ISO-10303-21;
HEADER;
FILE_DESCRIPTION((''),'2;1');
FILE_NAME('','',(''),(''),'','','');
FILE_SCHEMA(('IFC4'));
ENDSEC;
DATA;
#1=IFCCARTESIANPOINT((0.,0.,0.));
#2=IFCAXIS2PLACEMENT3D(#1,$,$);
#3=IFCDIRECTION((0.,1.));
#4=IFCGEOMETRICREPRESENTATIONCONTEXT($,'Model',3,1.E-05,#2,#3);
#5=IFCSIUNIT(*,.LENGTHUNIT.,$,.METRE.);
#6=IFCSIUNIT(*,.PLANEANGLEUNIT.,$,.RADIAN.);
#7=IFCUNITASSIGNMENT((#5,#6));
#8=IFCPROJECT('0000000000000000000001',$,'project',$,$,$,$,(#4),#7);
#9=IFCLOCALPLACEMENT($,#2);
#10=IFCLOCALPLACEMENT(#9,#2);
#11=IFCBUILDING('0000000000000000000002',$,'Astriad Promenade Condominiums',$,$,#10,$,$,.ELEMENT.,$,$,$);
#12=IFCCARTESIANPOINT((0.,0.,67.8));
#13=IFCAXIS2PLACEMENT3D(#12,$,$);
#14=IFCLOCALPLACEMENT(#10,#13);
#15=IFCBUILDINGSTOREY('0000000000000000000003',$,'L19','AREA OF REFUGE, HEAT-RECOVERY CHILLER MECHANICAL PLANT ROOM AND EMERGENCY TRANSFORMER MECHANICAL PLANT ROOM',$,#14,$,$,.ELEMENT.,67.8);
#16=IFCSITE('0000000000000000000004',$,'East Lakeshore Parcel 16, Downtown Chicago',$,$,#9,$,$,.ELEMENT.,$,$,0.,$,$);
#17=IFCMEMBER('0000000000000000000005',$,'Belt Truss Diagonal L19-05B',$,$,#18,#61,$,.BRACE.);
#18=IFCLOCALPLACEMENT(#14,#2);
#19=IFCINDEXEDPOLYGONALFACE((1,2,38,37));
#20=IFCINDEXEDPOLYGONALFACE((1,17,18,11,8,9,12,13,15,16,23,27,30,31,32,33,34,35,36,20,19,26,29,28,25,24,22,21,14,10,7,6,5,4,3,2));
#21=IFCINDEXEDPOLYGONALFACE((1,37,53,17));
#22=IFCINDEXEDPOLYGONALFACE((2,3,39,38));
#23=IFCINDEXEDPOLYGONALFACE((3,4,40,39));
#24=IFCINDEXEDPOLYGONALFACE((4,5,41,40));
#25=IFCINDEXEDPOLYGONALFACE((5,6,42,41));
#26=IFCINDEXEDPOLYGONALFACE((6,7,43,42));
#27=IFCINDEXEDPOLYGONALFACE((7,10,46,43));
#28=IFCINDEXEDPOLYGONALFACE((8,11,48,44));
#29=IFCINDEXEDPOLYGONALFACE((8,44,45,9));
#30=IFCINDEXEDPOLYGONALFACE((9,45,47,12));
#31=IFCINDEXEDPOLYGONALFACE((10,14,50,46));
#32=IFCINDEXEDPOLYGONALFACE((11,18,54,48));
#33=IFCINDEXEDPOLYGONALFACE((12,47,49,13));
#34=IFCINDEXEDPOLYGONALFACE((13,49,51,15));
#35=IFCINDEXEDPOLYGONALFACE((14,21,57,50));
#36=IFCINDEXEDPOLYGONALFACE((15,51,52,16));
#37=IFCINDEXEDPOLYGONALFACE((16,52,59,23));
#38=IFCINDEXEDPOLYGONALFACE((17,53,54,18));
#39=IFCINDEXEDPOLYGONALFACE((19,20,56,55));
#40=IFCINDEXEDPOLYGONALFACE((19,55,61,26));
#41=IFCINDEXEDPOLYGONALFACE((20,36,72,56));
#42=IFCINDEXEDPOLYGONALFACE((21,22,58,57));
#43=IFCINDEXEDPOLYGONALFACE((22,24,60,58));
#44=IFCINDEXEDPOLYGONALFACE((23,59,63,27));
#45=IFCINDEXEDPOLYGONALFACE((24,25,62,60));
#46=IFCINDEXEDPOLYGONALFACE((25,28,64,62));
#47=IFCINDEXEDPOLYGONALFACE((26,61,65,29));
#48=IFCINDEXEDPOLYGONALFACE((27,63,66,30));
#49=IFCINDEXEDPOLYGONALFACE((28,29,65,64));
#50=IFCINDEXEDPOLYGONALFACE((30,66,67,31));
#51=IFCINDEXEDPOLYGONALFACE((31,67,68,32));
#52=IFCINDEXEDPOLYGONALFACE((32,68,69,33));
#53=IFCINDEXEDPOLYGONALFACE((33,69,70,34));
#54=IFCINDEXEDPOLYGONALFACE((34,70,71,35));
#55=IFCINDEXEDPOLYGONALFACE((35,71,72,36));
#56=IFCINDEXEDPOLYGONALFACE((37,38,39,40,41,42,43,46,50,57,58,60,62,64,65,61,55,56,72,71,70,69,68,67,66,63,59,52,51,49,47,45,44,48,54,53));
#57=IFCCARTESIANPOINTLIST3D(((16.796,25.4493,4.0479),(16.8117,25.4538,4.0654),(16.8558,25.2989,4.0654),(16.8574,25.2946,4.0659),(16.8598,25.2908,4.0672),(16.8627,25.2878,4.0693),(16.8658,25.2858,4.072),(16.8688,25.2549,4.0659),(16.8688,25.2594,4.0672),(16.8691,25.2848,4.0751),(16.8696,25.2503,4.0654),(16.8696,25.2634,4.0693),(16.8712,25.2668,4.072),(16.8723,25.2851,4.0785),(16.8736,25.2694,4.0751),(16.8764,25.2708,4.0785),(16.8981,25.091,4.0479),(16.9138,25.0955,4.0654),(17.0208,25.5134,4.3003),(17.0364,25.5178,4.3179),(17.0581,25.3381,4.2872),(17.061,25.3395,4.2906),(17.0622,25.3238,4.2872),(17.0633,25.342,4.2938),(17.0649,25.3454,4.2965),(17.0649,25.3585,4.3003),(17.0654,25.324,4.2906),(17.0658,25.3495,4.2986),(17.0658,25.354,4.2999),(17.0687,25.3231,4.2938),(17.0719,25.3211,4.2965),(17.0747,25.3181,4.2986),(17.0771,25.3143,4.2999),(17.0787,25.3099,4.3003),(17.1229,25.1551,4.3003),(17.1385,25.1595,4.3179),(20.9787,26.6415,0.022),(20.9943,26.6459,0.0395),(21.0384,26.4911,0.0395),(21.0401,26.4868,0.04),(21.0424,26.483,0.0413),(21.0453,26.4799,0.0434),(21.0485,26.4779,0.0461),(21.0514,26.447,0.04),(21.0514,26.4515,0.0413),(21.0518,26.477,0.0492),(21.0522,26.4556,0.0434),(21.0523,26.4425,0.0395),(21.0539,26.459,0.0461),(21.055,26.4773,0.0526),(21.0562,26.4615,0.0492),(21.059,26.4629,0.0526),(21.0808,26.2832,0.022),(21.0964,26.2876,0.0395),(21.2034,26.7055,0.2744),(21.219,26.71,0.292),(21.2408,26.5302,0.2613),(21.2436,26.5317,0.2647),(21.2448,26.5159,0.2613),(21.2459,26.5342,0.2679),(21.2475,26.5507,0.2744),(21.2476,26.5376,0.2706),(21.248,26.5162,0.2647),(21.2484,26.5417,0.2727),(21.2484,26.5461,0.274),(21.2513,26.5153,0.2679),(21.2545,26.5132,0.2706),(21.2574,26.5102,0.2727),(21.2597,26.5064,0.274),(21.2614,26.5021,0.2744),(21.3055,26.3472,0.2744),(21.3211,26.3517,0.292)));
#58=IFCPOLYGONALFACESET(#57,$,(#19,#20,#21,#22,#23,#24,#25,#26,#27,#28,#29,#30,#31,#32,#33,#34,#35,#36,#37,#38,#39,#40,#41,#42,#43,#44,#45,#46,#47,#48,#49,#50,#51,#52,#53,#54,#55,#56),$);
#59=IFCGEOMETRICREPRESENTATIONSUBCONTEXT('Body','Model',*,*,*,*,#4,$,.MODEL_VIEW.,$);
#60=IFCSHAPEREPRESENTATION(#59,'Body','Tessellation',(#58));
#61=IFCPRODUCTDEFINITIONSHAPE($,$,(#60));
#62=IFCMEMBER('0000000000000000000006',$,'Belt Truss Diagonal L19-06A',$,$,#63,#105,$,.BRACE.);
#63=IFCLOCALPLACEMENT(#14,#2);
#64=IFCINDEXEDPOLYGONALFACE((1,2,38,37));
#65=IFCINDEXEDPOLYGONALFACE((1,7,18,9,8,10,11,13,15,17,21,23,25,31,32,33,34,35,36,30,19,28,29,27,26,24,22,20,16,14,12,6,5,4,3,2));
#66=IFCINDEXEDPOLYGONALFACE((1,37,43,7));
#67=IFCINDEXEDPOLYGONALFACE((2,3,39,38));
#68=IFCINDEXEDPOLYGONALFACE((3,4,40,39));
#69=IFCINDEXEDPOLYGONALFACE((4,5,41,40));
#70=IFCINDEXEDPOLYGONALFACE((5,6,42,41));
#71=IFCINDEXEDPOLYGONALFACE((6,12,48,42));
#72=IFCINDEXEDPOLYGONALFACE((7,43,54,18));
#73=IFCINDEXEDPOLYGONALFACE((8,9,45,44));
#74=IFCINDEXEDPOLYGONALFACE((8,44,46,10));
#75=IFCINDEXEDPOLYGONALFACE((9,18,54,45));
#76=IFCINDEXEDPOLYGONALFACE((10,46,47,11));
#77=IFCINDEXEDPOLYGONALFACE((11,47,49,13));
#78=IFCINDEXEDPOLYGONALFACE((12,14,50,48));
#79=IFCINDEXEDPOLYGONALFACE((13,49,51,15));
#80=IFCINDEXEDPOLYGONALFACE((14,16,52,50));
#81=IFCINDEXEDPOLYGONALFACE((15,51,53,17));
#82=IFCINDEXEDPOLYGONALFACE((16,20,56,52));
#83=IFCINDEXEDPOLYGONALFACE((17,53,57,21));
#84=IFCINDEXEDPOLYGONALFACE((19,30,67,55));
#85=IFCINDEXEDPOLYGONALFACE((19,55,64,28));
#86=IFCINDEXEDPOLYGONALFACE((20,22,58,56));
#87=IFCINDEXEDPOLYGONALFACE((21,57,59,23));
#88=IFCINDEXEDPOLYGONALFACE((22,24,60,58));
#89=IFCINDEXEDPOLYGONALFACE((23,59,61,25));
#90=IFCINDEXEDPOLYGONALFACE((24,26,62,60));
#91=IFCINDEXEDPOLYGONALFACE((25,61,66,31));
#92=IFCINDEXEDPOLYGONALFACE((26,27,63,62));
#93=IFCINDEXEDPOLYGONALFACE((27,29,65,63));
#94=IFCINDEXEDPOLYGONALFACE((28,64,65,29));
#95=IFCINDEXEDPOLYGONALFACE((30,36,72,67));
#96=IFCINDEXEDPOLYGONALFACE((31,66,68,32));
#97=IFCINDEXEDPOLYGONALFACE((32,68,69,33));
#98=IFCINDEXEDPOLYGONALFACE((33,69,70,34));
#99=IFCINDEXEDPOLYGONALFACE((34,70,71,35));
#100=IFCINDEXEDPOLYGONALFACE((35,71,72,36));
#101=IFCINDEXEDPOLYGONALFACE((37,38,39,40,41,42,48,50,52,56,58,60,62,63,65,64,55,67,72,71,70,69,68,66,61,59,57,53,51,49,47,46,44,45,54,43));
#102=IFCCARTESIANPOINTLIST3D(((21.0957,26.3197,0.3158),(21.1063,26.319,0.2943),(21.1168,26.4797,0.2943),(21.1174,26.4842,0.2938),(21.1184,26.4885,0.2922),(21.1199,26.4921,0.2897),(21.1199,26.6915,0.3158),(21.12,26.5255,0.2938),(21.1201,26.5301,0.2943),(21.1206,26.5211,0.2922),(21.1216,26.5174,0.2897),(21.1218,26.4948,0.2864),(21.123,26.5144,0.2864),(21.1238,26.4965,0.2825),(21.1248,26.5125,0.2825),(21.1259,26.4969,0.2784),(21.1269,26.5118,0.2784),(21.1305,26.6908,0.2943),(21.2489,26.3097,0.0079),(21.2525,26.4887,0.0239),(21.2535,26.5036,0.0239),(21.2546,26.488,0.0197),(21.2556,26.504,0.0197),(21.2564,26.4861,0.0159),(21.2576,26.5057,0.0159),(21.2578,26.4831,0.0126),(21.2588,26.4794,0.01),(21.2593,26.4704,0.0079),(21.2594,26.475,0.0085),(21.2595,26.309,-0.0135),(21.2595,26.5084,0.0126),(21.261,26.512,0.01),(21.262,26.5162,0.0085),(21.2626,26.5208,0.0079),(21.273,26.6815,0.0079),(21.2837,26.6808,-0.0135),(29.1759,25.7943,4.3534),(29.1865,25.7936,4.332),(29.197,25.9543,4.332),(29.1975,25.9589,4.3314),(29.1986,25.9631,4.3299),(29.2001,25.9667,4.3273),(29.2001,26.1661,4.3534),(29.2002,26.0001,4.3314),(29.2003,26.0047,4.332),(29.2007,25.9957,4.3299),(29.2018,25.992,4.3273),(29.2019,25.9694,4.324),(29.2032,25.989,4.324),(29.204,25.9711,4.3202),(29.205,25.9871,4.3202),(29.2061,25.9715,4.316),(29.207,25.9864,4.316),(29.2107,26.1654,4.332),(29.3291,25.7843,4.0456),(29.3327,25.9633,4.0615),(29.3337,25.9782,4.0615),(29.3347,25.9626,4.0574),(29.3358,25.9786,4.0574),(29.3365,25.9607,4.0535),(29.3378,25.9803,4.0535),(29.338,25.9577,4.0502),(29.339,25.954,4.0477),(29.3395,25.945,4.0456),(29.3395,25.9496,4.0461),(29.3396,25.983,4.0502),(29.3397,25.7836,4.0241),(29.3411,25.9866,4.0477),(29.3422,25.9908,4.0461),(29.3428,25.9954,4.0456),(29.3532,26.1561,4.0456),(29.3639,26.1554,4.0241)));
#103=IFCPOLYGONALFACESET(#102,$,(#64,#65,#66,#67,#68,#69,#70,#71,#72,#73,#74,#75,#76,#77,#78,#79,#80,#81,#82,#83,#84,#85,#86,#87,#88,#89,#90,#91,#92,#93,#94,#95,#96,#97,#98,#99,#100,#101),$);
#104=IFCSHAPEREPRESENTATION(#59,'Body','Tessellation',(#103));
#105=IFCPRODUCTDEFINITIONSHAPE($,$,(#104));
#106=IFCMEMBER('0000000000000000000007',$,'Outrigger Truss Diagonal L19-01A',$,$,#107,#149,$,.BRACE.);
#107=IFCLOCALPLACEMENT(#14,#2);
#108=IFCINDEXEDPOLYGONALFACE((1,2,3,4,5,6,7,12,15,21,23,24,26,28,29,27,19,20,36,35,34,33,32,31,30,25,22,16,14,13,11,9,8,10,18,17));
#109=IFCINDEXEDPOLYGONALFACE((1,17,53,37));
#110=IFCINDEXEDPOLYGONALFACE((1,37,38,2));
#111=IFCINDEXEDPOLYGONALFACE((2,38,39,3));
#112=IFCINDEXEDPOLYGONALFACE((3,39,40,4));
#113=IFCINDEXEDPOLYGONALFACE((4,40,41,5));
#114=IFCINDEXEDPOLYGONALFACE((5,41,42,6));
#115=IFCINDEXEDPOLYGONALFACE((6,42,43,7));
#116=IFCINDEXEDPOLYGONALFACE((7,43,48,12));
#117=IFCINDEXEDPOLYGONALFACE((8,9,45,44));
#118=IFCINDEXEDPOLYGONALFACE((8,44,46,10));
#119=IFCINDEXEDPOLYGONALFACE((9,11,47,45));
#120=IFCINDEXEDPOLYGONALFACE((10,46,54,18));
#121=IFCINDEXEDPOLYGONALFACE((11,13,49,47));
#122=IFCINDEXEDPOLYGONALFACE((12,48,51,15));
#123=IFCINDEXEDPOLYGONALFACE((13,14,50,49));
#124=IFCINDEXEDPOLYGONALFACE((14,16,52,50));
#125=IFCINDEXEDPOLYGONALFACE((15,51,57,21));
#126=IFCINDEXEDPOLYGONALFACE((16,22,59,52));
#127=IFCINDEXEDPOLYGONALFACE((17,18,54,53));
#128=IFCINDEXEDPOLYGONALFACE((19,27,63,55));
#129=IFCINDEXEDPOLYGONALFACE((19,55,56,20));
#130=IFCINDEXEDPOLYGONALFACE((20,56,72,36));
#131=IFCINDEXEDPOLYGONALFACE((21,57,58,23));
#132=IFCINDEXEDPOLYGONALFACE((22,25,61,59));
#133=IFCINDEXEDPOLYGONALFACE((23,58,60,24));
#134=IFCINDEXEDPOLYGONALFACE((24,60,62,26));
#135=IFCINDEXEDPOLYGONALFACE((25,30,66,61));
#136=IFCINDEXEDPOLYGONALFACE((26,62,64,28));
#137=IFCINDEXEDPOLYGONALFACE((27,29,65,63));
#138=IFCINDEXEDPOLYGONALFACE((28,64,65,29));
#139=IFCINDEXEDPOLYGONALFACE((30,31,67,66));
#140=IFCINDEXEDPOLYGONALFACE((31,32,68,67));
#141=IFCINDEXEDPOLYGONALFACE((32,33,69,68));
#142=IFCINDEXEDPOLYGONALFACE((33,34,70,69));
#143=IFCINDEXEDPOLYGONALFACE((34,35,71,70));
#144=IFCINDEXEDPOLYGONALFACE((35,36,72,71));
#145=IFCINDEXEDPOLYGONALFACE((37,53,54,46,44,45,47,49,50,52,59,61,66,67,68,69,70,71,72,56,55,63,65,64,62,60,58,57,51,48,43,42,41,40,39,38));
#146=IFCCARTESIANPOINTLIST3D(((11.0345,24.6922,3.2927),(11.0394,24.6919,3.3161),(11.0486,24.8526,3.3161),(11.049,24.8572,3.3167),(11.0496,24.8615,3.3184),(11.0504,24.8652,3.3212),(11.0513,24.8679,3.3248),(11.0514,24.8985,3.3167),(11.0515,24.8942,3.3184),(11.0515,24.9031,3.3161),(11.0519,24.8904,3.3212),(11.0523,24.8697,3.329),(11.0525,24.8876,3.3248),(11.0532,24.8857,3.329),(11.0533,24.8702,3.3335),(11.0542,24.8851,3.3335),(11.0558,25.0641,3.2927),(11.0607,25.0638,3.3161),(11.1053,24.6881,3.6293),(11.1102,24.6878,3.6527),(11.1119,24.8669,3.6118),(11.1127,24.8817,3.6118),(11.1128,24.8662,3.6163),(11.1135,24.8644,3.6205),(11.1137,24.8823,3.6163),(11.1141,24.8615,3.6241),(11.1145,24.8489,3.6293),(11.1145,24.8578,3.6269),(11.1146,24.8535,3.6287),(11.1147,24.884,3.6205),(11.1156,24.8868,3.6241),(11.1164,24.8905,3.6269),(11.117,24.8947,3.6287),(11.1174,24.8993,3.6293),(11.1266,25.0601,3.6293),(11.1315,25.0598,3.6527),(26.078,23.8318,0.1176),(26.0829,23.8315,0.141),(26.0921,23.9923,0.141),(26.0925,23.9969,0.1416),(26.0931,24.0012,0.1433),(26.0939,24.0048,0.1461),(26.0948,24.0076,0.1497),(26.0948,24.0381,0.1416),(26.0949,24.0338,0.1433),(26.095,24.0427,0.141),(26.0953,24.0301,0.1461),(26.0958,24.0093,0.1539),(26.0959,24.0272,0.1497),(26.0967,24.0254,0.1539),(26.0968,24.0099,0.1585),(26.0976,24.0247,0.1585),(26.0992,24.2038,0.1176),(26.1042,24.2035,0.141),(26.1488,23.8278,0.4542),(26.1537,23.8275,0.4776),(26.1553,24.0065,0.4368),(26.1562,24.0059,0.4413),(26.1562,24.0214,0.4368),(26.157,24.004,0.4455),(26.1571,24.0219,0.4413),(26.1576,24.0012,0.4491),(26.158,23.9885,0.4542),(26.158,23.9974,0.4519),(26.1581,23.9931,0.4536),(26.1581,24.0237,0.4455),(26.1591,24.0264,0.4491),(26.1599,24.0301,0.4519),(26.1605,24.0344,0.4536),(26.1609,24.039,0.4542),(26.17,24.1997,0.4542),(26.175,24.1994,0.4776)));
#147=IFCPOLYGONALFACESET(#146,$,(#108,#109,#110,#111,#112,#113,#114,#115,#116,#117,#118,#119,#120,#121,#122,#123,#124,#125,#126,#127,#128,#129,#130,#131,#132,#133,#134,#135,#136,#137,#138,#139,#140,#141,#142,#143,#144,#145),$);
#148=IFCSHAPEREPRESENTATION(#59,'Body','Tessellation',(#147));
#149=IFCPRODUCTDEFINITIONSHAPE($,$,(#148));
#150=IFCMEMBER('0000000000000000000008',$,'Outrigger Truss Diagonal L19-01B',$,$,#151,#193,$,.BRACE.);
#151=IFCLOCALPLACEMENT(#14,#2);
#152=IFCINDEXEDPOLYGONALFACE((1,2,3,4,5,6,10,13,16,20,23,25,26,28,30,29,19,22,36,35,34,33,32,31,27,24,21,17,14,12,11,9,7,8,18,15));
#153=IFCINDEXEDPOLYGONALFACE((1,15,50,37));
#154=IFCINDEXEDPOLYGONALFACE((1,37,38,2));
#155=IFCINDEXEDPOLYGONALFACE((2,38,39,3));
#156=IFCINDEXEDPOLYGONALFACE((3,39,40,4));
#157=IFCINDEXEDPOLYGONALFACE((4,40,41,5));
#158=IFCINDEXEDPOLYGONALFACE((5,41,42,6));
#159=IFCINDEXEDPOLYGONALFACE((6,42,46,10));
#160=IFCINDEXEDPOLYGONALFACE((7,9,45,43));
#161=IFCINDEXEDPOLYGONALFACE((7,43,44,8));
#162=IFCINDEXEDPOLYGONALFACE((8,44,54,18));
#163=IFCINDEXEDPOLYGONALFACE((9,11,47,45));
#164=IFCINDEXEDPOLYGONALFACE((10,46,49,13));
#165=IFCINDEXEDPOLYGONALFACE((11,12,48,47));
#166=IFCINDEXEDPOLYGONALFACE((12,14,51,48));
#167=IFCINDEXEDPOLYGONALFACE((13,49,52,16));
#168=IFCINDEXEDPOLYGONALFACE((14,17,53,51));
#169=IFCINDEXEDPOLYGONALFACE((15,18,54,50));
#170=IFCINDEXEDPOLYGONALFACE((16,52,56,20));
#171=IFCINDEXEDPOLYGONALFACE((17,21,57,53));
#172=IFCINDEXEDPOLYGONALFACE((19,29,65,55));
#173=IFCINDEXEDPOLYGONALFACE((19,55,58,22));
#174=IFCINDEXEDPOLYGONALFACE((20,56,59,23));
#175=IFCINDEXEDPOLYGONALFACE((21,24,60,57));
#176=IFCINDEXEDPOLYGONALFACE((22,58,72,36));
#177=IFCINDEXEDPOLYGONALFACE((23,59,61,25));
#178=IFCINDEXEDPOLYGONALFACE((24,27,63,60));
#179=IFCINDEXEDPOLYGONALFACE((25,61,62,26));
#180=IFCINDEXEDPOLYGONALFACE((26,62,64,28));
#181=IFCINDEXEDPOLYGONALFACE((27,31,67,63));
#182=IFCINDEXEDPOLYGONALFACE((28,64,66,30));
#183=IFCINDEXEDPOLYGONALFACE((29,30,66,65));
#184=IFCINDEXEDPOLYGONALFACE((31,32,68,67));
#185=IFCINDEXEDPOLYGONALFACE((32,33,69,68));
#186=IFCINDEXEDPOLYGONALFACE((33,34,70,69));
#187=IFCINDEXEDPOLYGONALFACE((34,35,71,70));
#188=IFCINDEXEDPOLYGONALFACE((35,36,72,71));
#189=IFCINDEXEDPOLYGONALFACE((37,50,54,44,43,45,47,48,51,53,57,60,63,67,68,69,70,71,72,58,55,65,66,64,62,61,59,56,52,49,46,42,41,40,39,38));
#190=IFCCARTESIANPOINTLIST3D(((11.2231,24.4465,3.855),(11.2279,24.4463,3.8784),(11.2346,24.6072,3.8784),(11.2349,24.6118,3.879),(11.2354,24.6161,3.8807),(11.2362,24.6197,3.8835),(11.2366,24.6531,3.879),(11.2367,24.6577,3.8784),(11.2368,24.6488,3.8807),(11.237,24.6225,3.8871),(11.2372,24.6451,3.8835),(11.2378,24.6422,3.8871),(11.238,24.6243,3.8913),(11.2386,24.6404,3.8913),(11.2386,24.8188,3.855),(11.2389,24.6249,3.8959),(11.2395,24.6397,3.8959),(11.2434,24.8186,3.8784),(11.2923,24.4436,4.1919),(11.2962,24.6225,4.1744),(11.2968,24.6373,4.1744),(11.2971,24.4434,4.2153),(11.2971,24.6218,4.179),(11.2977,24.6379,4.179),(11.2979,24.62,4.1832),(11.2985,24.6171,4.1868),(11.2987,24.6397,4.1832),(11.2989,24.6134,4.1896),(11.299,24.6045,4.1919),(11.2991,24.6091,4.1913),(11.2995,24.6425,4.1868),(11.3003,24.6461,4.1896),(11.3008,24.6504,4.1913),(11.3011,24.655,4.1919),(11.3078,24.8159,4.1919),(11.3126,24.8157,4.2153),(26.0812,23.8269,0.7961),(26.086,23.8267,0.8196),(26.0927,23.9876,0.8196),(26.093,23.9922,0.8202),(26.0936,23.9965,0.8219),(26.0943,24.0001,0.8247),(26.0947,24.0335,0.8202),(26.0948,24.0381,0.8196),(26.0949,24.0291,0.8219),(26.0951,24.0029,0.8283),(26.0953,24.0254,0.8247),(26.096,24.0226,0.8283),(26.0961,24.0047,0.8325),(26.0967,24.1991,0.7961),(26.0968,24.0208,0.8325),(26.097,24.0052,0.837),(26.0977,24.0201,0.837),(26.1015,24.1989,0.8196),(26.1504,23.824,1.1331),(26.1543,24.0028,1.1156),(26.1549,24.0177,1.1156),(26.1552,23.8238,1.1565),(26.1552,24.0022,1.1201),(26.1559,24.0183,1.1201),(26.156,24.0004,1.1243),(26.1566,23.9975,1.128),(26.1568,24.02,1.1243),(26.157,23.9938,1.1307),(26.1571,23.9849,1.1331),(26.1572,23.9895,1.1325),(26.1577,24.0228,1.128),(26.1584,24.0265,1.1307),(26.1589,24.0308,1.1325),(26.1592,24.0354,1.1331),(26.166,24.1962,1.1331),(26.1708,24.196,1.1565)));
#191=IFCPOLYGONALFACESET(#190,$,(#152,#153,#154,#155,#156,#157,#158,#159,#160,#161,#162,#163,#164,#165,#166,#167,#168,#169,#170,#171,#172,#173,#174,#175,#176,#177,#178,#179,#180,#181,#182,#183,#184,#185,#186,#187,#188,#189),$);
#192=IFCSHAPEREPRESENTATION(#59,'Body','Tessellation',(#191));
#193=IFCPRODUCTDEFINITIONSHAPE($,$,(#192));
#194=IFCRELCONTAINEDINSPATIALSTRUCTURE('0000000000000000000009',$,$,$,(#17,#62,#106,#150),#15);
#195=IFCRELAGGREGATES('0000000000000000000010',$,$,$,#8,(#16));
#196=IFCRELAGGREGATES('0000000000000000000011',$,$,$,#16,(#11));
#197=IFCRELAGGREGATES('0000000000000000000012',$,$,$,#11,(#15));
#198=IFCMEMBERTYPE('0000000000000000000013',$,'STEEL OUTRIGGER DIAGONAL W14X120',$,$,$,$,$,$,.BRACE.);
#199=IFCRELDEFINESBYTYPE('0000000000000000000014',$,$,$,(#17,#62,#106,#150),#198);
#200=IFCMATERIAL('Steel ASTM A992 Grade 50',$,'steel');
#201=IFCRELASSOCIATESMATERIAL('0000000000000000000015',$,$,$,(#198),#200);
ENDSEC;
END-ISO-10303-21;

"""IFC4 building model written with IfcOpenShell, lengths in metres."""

from ifc_helpers import new_model, si_unit, direction, frame, origin, origin_2d, place, context, subcontext, project, spatial, i_section, extrude, source, transform, mapped, material, material_profile, profile_set, type_object, type_shapes, element, save


model = new_model("IFC4")

# Units and contexts
model_context = context("Model", 3, precision=1e-05, world=origin(), true_north=direction((0.0, 1.0)))
body_context = subcontext(model_context, "Body", "Model", "MODEL_VIEW")
ifc_project = project(units=[si_unit("LENGTHUNIT", "METRE"), si_unit("PLANEANGLEUNIT", "RADIAN")], contexts=[model_context])

# Site, building, storey
site_placement = place(None, origin())
site = spatial("IfcSite", under=ifc_project, at=site_placement, Name="East Lakeshore Parcel 16, Downtown Chicago", CompositionType="ELEMENT", RefElevation=0.0)
building_placement = place(site_placement, origin())
building = spatial("IfcBuilding", under=site, at=building_placement, Name="Astriad Promenade Condominiums", CompositionType="ELEMENT")
storey_placement = place(building_placement, frame((0.0, 0.0, 67.8)))
storey = spatial("IfcBuildingStorey", under=building, at=storey_placement, Name="L19", Description="AREA OF REFUGE, HEAT-RECOVERY CHILLER MECHANICAL PLANT ROOM AND EMERGENCY TRANSFORMER MECHANICAL PLANT ROOM", CompositionType="ELEMENT", Elevation=67.8)

# Shared definitions
ifc_material_1 = material(Name="Steel ASTM A992 Grade 50", Category="steel")

# Members
ifc_material_profile_1 = material_profile(ifc_material_1, i_section(OverallWidth=0.3726, OverallDepth=0.3679, WebThickness=0.0149, FlangeThickness=0.0239, FilletRadius=0.0178, at=origin_2d()), Name="W14X120")
ifc_profile_set_1 = profile_set([ifc_material_profile_1], Name="Steel ASTM A992 Grade 50")
member_type_1 = type_object("IfcMemberType", Name="STEEL OUTRIGGER DIAGONAL W14X120", PredefinedType="BRACE", material=ifc_profile_set_1)
shared_shape_1 = source(origin(), body_context, "Body", "SweptSolid", [
    extrude(i_section(OverallWidth=0.3726, OverallDepth=0.3679, WebThickness=0.0149, FlangeThickness=0.0239, FilletRadius=0.0178, at=origin_2d()), origin(), (0.0, 0.0, 1.0), 5.9265),
])
member_1_placement = place(storey_placement, frame((21.1499, 26.4966, 0.157), z_axis=(-0.70575, -0.201155, 0.679303), x_axis=(0.274106, -0.9617, 0.0)))
element("IfcMember", 1, at=member_1_placement, inside=storey, type_object=member_type_1, Name="Belt Truss Diagonal L19-05B", PredefinedType="BRACE", context=body_context, shape_type="MappedRepresentation", body=[
    mapped(shared_shape_1, transform((0.0, 0.0, 0.0), scale=1.0)),
])
shared_shape_2 = source(origin(), body_context, "Body", "SweptSolid", [
    extrude(i_section(OverallWidth=0.3726, OverallDepth=0.3679, WebThickness=0.0149, FlangeThickness=0.0239, FilletRadius=0.0178, at=origin_2d()), origin(), (0.0, 0.0, 1.0), 9.0481),
])
member_2_placement = place(storey_placement, frame((21.1897, 26.5002, 0.1511), z_axis=(0.893026, -0.058067, 0.446243), x_axis=(0.064886, 0.997893, 0.0)))
element("IfcMember", 2, at=member_2_placement, inside=storey, type_object=member_type_1, Name="Belt Truss Diagonal L19-06A", PredefinedType="BRACE", context=body_context, shape_type="MappedRepresentation", body=[
    mapped(shared_shape_2, transform((0.0, 0.0, 0.0), scale=1.0)),
])
shared_shape_3 = source(origin(), body_context, "Body", "SweptSolid", [
    extrude(i_section(OverallWidth=0.3726, OverallDepth=0.3679, WebThickness=0.0149, FlangeThickness=0.0239, FilletRadius=0.0178, at=origin_2d()), origin(), (0.0, 0.0, 1.0), 15.3989),
])
member_3_placement = place(storey_placement, frame((26.1265, 24.0156, 0.2976), z_axis=(-0.976916, 0.055871, 0.206186), x_axis=(-0.057098, -0.998369, 0.0)))
element("IfcMember", 3, at=member_3_placement, inside=storey, type_object=member_type_1, Name="Outrigger Truss Diagonal L19-01A", PredefinedType="BRACE", context=body_context, shape_type="MappedRepresentation", body=[
    mapped(shared_shape_3, transform((0.0, 0.0, 0.0), scale=1.0)),
])
shared_shape_4 = source(origin(), body_context, "Body", "SweptSolid", [
    extrude(i_section(OverallWidth=0.3726, OverallDepth=0.3679, WebThickness=0.0149, FlangeThickness=0.0239, FilletRadius=0.0178, at=origin_2d()), origin(), (0.0, 0.0, 1.0), 15.1824),
])
type_shapes(member_type_1, [shared_shape_1, shared_shape_2, shared_shape_3, shared_shape_4])
member_4_placement = place(storey_placement, frame((26.126, 24.0115, 0.9763), z_axis=(-0.978644, 0.040812, 0.201473), x_axis=(-0.041667, -0.999132, 0.0)))
element("IfcMember", 4, at=member_4_placement, inside=storey, type_object=member_type_1, Name="Outrigger Truss Diagonal L19-01B", PredefinedType="BRACE", context=body_context, shape_type="MappedRepresentation", body=[
    mapped(shared_shape_4, transform((0.0, 0.0, 0.0), scale=1.0)),
])

save(model, "model.ifc")
